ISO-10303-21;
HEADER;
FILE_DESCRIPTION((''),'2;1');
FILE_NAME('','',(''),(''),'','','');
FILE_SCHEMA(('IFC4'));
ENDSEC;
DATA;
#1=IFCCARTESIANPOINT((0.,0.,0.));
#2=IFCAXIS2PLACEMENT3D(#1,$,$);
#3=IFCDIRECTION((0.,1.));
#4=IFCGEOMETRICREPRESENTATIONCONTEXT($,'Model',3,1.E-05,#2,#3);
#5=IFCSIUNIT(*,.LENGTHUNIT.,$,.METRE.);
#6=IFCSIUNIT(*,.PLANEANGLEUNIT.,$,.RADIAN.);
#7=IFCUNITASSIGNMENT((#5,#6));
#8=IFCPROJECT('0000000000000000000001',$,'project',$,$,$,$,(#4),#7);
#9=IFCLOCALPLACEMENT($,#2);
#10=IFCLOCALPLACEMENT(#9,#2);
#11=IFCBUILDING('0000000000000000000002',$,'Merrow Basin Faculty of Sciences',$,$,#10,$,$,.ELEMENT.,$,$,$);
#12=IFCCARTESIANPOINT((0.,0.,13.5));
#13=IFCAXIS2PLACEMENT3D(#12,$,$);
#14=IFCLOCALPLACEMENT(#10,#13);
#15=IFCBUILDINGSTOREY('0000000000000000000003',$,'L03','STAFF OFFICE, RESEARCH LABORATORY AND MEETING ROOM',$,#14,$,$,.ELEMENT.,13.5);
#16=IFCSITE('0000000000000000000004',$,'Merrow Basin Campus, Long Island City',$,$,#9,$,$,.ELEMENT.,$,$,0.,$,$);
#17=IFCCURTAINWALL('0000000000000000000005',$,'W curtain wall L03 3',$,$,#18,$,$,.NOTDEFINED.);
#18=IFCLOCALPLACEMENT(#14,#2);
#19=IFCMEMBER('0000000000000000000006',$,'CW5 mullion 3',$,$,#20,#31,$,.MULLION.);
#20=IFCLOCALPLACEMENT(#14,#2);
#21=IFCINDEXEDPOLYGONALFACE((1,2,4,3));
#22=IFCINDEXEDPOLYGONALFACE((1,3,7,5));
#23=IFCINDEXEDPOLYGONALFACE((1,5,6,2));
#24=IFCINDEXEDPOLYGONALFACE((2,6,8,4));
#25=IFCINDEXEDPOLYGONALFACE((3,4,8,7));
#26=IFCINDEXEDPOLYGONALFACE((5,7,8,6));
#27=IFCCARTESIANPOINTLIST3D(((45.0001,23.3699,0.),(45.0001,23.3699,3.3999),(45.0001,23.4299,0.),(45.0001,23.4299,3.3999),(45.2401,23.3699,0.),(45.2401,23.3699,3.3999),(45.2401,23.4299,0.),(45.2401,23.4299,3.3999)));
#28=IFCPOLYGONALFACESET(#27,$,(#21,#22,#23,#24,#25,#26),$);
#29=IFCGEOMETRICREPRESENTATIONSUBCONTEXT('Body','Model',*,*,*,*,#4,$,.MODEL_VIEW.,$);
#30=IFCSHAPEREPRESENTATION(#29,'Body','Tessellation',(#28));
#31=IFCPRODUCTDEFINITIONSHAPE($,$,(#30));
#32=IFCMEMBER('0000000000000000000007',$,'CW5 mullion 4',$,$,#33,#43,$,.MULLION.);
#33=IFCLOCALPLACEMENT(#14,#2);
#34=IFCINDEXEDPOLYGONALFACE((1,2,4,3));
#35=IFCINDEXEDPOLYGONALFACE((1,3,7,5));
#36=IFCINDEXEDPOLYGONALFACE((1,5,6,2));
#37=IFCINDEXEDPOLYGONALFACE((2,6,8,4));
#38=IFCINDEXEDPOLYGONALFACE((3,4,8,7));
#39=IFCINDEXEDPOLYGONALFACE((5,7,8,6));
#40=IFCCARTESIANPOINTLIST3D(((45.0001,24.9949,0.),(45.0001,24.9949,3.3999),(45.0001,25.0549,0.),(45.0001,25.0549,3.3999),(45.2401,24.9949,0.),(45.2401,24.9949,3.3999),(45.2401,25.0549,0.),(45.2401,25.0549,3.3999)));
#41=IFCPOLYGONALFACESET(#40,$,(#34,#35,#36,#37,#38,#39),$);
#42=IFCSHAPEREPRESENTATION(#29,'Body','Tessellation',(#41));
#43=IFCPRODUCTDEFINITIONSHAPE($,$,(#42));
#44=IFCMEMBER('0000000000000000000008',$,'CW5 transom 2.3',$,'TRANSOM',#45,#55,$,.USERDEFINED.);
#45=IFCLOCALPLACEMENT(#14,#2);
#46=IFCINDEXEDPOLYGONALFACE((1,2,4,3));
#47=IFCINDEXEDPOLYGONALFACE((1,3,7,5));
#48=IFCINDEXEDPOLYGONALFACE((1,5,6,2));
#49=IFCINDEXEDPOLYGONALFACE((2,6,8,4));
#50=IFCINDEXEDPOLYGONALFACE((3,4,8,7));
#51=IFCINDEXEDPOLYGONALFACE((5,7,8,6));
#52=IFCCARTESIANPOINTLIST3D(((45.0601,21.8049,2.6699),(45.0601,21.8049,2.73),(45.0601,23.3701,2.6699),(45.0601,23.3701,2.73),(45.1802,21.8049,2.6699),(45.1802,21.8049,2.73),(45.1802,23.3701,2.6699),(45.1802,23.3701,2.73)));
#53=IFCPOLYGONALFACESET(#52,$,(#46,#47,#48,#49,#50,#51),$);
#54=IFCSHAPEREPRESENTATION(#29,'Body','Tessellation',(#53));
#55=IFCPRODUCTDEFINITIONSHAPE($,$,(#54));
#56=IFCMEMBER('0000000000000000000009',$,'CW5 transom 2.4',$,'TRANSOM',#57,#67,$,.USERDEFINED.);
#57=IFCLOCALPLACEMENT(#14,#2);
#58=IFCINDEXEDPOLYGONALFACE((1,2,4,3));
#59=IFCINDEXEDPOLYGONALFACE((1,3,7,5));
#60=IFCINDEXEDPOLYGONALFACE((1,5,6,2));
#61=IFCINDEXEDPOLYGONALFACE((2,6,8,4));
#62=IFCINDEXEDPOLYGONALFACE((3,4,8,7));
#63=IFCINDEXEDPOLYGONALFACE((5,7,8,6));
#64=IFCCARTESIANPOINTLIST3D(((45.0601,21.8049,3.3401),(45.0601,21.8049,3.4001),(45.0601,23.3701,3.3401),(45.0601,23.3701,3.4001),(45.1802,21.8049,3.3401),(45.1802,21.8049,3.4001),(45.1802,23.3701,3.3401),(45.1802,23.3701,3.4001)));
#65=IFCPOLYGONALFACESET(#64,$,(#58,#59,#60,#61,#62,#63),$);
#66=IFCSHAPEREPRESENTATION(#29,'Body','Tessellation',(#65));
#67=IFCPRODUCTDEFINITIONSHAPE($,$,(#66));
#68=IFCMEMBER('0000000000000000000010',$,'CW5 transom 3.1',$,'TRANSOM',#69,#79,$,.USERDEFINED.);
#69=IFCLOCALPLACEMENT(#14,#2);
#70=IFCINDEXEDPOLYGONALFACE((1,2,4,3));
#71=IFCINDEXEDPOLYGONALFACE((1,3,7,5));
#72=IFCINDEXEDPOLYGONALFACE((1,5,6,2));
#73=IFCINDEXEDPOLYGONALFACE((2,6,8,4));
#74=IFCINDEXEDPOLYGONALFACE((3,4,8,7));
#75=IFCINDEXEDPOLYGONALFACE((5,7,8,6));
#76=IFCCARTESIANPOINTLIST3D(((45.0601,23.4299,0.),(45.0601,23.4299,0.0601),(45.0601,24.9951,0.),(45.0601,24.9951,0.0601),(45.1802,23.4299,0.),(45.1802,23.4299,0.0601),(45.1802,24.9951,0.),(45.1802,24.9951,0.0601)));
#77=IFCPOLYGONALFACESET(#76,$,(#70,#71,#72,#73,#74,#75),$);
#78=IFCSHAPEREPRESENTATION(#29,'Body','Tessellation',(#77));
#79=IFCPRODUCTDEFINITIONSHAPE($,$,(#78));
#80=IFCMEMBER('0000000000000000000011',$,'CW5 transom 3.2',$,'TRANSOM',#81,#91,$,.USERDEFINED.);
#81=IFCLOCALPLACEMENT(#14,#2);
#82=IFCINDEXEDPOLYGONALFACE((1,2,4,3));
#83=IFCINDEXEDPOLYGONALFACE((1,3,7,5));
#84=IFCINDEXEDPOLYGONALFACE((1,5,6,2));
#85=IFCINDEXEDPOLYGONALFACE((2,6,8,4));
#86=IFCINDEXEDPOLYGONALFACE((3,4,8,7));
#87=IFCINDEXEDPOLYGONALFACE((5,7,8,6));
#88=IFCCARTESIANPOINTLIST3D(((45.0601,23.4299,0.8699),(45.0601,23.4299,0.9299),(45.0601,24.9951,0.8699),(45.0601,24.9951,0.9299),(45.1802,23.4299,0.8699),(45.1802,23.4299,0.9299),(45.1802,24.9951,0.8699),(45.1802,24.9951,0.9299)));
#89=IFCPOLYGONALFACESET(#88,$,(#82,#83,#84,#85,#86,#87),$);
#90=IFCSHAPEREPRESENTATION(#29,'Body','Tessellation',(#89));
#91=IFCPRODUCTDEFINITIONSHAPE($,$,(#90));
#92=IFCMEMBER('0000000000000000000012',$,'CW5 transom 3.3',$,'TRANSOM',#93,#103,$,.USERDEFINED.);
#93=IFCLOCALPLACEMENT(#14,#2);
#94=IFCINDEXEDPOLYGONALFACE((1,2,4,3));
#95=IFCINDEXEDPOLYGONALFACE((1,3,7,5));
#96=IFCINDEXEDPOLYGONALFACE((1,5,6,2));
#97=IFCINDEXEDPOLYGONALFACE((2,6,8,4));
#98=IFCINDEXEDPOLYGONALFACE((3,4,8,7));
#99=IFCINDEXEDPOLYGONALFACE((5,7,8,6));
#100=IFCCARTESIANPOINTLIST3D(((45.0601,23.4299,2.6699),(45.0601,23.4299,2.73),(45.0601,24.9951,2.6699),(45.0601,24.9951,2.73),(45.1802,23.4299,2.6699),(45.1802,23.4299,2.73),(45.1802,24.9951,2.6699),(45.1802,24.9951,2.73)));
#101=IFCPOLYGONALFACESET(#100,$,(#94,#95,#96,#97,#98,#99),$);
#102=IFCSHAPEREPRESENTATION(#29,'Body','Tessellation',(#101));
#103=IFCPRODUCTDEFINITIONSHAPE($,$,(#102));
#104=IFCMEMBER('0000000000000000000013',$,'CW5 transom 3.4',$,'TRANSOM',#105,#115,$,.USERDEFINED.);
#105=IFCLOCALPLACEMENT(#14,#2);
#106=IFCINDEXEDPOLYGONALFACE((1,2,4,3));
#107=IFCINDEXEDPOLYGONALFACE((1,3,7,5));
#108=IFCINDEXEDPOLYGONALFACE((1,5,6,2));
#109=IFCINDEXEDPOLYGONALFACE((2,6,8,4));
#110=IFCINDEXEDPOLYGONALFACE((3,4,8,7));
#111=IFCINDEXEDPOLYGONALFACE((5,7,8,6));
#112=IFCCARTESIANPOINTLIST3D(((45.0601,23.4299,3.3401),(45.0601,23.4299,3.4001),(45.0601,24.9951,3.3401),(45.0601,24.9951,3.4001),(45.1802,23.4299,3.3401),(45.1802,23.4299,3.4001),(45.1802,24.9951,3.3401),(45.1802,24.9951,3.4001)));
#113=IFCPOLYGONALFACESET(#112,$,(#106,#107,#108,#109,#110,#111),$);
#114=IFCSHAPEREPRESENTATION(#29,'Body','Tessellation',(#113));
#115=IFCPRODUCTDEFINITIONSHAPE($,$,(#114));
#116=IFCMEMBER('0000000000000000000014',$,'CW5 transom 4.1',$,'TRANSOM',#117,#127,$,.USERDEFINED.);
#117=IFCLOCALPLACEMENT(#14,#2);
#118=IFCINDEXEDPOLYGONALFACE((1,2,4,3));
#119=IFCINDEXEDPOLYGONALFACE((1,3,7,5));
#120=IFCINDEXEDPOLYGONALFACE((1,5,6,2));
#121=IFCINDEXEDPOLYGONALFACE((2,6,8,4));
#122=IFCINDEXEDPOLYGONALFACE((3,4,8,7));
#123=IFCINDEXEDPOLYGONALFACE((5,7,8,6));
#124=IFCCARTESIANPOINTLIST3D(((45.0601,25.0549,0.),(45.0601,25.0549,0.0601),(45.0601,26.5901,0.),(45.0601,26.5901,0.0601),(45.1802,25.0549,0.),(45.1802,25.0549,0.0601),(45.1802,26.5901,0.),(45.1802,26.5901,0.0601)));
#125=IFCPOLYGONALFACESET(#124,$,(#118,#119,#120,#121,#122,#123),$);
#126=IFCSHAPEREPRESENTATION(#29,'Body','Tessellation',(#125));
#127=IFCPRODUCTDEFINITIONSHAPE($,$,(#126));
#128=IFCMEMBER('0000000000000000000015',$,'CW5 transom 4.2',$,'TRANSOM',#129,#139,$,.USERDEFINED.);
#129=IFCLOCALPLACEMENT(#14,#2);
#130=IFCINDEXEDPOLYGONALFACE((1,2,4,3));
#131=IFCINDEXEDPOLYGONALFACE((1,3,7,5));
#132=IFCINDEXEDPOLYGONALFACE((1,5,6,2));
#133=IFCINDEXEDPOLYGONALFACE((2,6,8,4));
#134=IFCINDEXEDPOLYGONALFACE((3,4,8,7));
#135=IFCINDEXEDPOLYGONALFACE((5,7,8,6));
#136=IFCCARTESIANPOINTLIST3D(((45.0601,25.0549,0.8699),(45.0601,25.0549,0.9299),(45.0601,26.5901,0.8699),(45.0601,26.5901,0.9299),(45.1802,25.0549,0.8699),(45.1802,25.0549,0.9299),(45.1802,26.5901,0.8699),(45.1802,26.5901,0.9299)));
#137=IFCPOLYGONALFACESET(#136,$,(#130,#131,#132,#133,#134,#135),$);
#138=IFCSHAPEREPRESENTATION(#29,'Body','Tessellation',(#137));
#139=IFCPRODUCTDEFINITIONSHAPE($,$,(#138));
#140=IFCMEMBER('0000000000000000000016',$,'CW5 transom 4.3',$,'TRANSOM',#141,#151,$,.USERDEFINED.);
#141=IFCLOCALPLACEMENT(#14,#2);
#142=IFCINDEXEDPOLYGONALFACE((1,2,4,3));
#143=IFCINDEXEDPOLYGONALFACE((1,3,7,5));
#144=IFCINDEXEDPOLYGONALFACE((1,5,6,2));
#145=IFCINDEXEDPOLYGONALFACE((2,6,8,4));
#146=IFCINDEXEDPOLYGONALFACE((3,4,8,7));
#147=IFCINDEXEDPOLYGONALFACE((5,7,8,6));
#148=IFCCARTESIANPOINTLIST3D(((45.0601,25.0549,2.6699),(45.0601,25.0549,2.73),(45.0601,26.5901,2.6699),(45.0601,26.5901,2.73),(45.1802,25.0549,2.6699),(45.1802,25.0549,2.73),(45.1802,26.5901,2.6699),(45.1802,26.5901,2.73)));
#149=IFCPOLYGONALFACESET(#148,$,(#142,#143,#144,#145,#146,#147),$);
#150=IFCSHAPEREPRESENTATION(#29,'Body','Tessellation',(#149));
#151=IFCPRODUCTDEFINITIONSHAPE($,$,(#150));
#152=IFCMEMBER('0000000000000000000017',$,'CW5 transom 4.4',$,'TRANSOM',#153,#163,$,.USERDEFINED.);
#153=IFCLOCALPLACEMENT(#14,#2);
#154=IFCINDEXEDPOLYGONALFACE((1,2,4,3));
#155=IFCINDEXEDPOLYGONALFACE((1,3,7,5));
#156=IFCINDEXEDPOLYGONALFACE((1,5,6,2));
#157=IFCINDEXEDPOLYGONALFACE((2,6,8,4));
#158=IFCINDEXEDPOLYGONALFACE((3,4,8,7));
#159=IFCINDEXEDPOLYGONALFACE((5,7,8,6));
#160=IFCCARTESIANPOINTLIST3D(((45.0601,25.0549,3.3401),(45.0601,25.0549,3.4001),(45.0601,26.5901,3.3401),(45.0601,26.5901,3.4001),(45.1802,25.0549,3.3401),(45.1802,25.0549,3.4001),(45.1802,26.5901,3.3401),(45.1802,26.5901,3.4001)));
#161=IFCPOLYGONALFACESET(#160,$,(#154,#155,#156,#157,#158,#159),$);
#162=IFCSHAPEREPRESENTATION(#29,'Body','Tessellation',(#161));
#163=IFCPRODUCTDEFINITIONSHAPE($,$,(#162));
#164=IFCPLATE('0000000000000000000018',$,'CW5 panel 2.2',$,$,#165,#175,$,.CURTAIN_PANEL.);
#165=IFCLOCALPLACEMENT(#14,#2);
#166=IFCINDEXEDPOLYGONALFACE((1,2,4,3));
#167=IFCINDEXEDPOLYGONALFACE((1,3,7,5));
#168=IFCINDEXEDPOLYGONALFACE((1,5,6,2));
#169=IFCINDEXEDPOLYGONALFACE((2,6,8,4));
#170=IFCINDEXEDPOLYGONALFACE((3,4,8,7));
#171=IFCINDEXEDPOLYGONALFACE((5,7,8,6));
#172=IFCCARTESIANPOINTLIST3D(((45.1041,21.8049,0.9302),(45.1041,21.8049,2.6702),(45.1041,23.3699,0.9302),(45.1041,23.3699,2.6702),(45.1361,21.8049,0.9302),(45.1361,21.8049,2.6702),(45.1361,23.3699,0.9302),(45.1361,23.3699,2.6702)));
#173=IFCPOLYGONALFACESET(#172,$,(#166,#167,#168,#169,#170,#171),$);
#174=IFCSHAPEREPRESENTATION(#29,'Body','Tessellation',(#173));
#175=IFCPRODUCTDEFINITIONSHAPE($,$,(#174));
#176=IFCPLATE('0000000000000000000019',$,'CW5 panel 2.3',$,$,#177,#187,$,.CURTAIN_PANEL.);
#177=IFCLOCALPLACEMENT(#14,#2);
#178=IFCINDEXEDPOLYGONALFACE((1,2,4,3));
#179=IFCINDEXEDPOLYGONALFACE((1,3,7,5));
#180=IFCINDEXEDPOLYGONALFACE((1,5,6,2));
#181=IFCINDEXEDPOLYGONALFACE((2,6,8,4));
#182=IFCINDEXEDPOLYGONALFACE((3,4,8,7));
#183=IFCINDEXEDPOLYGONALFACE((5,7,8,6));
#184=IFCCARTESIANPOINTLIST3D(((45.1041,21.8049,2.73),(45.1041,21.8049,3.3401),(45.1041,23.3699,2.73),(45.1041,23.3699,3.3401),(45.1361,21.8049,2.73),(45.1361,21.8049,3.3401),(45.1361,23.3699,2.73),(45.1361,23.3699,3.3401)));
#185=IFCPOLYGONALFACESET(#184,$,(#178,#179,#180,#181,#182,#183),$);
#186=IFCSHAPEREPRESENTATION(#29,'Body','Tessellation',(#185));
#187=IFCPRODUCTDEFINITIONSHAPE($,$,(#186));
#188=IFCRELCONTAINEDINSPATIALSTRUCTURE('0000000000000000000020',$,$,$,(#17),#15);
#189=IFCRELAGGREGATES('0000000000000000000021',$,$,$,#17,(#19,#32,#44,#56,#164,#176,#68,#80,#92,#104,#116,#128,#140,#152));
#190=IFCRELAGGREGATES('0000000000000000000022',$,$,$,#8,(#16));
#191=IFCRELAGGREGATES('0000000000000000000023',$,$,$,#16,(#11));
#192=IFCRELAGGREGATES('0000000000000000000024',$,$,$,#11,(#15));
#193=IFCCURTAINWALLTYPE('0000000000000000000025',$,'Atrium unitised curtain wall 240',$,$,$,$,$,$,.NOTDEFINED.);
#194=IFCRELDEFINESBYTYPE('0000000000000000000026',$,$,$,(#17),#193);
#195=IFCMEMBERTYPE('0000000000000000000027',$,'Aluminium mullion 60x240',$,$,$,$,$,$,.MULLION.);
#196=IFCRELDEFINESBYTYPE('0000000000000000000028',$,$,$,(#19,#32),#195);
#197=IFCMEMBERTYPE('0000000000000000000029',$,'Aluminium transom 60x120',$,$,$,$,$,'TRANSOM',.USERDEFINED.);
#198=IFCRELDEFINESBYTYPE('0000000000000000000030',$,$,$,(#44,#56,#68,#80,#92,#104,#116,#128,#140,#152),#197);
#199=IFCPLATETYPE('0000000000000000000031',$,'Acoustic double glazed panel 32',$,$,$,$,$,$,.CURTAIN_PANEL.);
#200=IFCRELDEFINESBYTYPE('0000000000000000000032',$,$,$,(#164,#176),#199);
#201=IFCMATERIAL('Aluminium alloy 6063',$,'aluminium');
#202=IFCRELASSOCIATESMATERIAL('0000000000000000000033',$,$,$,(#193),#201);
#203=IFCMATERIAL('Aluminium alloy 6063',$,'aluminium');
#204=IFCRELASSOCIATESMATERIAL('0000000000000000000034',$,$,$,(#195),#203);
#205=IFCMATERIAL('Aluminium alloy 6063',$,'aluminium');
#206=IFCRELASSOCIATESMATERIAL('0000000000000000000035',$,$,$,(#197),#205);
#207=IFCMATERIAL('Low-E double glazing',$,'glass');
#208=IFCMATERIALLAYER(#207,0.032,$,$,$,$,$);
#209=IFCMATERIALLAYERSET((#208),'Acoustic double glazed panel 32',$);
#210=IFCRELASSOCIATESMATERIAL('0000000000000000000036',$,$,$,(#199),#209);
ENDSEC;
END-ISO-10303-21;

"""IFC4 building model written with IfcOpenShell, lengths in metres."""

from ifc_helpers import new_model, si_unit, direction, frame, origin, origin_2d, place, context, subcontext, project, spatial, rectangle, extrude, material, layer, layer_set, material_profile, profile_set, type_object, element, aggregate, save


model = new_model("IFC4")

# Units and contexts
model_context = context("Model", 3, precision=1e-05, world=origin(), true_north=direction((0.0, 1.0)))
body_context = subcontext(model_context, "Body", "Model", "MODEL_VIEW")
ifc_project = project(units=[si_unit("LENGTHUNIT", "METRE"), si_unit("PLANEANGLEUNIT", "RADIAN")], contexts=[model_context])

# Site, building, storey
site_placement = place(None, origin())
site = spatial("IfcSite", under=ifc_project, at=site_placement, Name="Merrow Basin Campus, Long Island City", CompositionType="ELEMENT", RefElevation=0.0)
building_placement = place(site_placement, origin())
building = spatial("IfcBuilding", under=site, at=building_placement, Name="Merrow Basin Faculty of Sciences", CompositionType="ELEMENT")
storey_placement = place(building_placement, frame((0.0, 0.0, 13.5)))
storey = spatial("IfcBuildingStorey", under=building, at=storey_placement, Name="L03", Description="STAFF OFFICE, RESEARCH LABORATORY AND MEETING ROOM", CompositionType="ELEMENT", Elevation=13.5)

# Curtain wall, members, plates
ifc_material_1 = material(Name="Aluminium alloy 6063", Category="aluminium")
curtain_wall_type = type_object("IfcCurtainWallType", Name="Atrium unitised curtain wall 240", PredefinedType="NOTDEFINED", material=ifc_material_1)
curtain_wall_placement = place(storey_placement, origin())
curtain_wall = element("IfcCurtainWall", 1, at=curtain_wall_placement, inside=storey, type_object=curtain_wall_type, Name="W curtain wall L03 3", PredefinedType="NOTDEFINED")
ifc_material_2 = material(Name="Aluminium alloy 6063", Category="aluminium")
ifc_material_profile_1 = material_profile(ifc_material_2, rectangle(XDim=0.24, YDim=0.0601, at=origin_2d()))
ifc_profile_set_1 = profile_set([ifc_material_profile_1], Name="Aluminium alloy 6063")
member_type_1 = type_object("IfcMemberType", Name="Aluminium mullion 60x240", PredefinedType="MULLION", material=ifc_profile_set_1)
member_1_placement = place(storey_placement, frame((45.1201, 23.3999, 0.0), z_axis=(0.0, 0.0, 1.0), x_axis=(-1.0, 0.0, 0.0)))
member_1 = element("IfcMember", 2, at=member_1_placement, type_object=member_type_1, Name="CW5 mullion 3", PredefinedType="MULLION", context=body_context, shape_type="SweptSolid", body=[
    extrude(rectangle(XDim=0.24, YDim=0.0601, at=origin_2d()), origin(), (0.0, 0.0, 1.0), 3.3999),
])
member_2_placement = place(storey_placement, frame((45.1201, 25.0249, 0.0), z_axis=(0.0, 0.0, 1.0), x_axis=(-1.0, 0.0, 0.0)))
member_2 = element("IfcMember", 3, at=member_2_placement, type_object=member_type_1, Name="CW5 mullion 4", PredefinedType="MULLION", context=body_context, shape_type="SweptSolid", body=[
    extrude(rectangle(XDim=0.24, YDim=0.0601, at=origin_2d()), origin(), (0.0, 0.0, 1.0), 3.3999),
])
ifc_material_3 = material(Name="Aluminium alloy 6063", Category="aluminium")
ifc_material_profile_2 = material_profile(ifc_material_3, rectangle(XDim=0.1201, YDim=0.0601, at=origin_2d()))
ifc_profile_set_2 = profile_set([ifc_material_profile_2], Name="Aluminium alloy 6063")
member_type_2 = type_object("IfcMemberType", Name="Aluminium transom 60x120", ElementType="TRANSOM", PredefinedType="USERDEFINED", material=ifc_profile_set_2)
member_3_placement = place(storey_placement, frame((45.1201, 21.8049, 2.7), z_axis=(0.0, 1.0, 0.0), x_axis=(-1.0, 0.0, 0.0)))
member_3 = element("IfcMember", 4, at=member_3_placement, type_object=member_type_2, Name="CW5 transom 2.3", ObjectType="TRANSOM", PredefinedType="USERDEFINED", context=body_context, shape_type="SweptSolid", body=[
    extrude(rectangle(XDim=0.1201, YDim=0.0601, at=origin_2d()), origin(), (0.0, 0.0, 1.0), 1.5652),
])
member_4_placement = place(storey_placement, frame((45.1201, 21.8049, 3.3701), z_axis=(0.0, 1.0, 0.0), x_axis=(-1.0, 0.0, 0.0)))
member_4 = element("IfcMember", 5, at=member_4_placement, type_object=member_type_2, Name="CW5 transom 2.4", ObjectType="TRANSOM", PredefinedType="USERDEFINED", context=body_context, shape_type="SweptSolid", body=[
    extrude(rectangle(XDim=0.1201, YDim=0.0601, at=origin_2d()), origin(), (0.0, 0.0, 1.0), 1.5652),
])
member_5_placement = place(storey_placement, frame((45.1201, 23.4299, 0.03), z_axis=(0.0, 1.0, 0.0), x_axis=(-1.0, 0.0, 0.0)))
member_5 = element("IfcMember", 6, at=member_5_placement, type_object=member_type_2, Name="CW5 transom 3.1", ObjectType="TRANSOM", PredefinedType="USERDEFINED", context=body_context, shape_type="SweptSolid", body=[
    extrude(rectangle(XDim=0.1201, YDim=0.0601, at=origin_2d()), origin(), (0.0, 0.0, 1.0), 1.5652),
])
member_6_placement = place(storey_placement, frame((45.1201, 23.4299, 0.8999), z_axis=(0.0, 1.0, 0.0), x_axis=(-1.0, 0.0, 0.0)))
member_6 = element("IfcMember", 7, at=member_6_placement, type_object=member_type_2, Name="CW5 transom 3.2", ObjectType="TRANSOM", PredefinedType="USERDEFINED", context=body_context, shape_type="SweptSolid", body=[
    extrude(rectangle(XDim=0.1201, YDim=0.0601, at=origin_2d()), origin(), (0.0, 0.0, 1.0), 1.5652),
])
member_7_placement = place(storey_placement, frame((45.1201, 23.4299, 2.7), z_axis=(0.0, 1.0, 0.0), x_axis=(-1.0, 0.0, 0.0)))
member_7 = element("IfcMember", 8, at=member_7_placement, type_object=member_type_2, Name="CW5 transom 3.3", ObjectType="TRANSOM", PredefinedType="USERDEFINED", context=body_context, shape_type="SweptSolid", body=[
    extrude(rectangle(XDim=0.1201, YDim=0.0601, at=origin_2d()), origin(), (0.0, 0.0, 1.0), 1.5652),
])
member_8_placement = place(storey_placement, frame((45.1201, 23.4299, 3.3701), z_axis=(0.0, 1.0, 0.0), x_axis=(-1.0, 0.0, 0.0)))
member_8 = element("IfcMember", 9, at=member_8_placement, type_object=member_type_2, Name="CW5 transom 3.4", ObjectType="TRANSOM", PredefinedType="USERDEFINED", context=body_context, shape_type="SweptSolid", body=[
    extrude(rectangle(XDim=0.1201, YDim=0.0601, at=origin_2d()), origin(), (0.0, 0.0, 1.0), 1.5652),
])
member_9_placement = place(storey_placement, frame((45.1201, 25.0549, 0.03), z_axis=(0.0, 1.0, 0.0), x_axis=(-1.0, 0.0, 0.0)))
member_9 = element("IfcMember", 10, at=member_9_placement, type_object=member_type_2, Name="CW5 transom 4.1", ObjectType="TRANSOM", PredefinedType="USERDEFINED", context=body_context, shape_type="SweptSolid", body=[
    extrude(rectangle(XDim=0.1201, YDim=0.0601, at=origin_2d()), origin(), (0.0, 0.0, 1.0), 1.5352),
])
member_10_placement = place(storey_placement, frame((45.1201, 25.0549, 0.8999), z_axis=(0.0, 1.0, 0.0), x_axis=(-1.0, 0.0, 0.0)))
member_10 = element("IfcMember", 11, at=member_10_placement, type_object=member_type_2, Name="CW5 transom 4.2", ObjectType="TRANSOM", PredefinedType="USERDEFINED", context=body_context, shape_type="SweptSolid", body=[
    extrude(rectangle(XDim=0.1201, YDim=0.0601, at=origin_2d()), origin(), (0.0, 0.0, 1.0), 1.5352),
])
member_11_placement = place(storey_placement, frame((45.1201, 25.0549, 2.7), z_axis=(0.0, 1.0, 0.0), x_axis=(-1.0, 0.0, 0.0)))
member_11 = element("IfcMember", 12, at=member_11_placement, type_object=member_type_2, Name="CW5 transom 4.3", ObjectType="TRANSOM", PredefinedType="USERDEFINED", context=body_context, shape_type="SweptSolid", body=[
    extrude(rectangle(XDim=0.1201, YDim=0.0601, at=origin_2d()), origin(), (0.0, 0.0, 1.0), 1.5352),
])
member_12_placement = place(storey_placement, frame((45.1201, 25.0549, 3.3701), z_axis=(0.0, 1.0, 0.0), x_axis=(-1.0, 0.0, 0.0)))
member_12 = element("IfcMember", 13, at=member_12_placement, type_object=member_type_2, Name="CW5 transom 4.4", ObjectType="TRANSOM", PredefinedType="USERDEFINED", context=body_context, shape_type="SweptSolid", body=[
    extrude(rectangle(XDim=0.1201, YDim=0.0601, at=origin_2d()), origin(), (0.0, 0.0, 1.0), 1.5352),
])
ifc_material_4 = material(Name="Low-E double glazing", Category="glass")
ifc_layer_1 = layer(ifc_material_4, 0.032)
ifc_layer_set_1 = layer_set([ifc_layer_1], Name="Acoustic double glazed panel 32")
plate_type_1 = type_object("IfcPlateType", Name="Acoustic double glazed panel 32", PredefinedType="CURTAIN_PANEL", material=ifc_layer_set_1)
plate_1_placement = place(storey_placement, frame((45.1201, 22.5874, 0.9302), z_axis=(0.0, 0.0, 1.0), x_axis=(0.0, 1.0, 0.0)))
plate_1 = element("IfcPlate", 14, at=plate_1_placement, type_object=plate_type_1, Name="CW5 panel 2.2", PredefinedType="CURTAIN_PANEL", context=body_context, shape_type="SweptSolid", body=[
    extrude(rectangle(XDim=1.5649, YDim=0.032, at=origin_2d()), origin(), (0.0, 0.0, 1.0), 1.74),
])
plate_2_placement = place(storey_placement, frame((45.1201, 22.5874, 2.73), z_axis=(0.0, 0.0, 1.0), x_axis=(0.0, 1.0, 0.0)))
plate_2 = element("IfcPlate", 15, at=plate_2_placement, type_object=plate_type_1, Name="CW5 panel 2.3", PredefinedType="CURTAIN_PANEL", context=body_context, shape_type="SweptSolid", body=[
    extrude(rectangle(XDim=1.5649, YDim=0.032, at=origin_2d()), origin(), (0.0, 0.0, 1.0), 0.6101),
])
aggregate(curtain_wall, [member_1, member_2, member_3, member_4, plate_1, plate_2, member_5, member_6, member_7, member_8, member_9, member_10, member_11, member_12])

save(model, "model.ifc")
